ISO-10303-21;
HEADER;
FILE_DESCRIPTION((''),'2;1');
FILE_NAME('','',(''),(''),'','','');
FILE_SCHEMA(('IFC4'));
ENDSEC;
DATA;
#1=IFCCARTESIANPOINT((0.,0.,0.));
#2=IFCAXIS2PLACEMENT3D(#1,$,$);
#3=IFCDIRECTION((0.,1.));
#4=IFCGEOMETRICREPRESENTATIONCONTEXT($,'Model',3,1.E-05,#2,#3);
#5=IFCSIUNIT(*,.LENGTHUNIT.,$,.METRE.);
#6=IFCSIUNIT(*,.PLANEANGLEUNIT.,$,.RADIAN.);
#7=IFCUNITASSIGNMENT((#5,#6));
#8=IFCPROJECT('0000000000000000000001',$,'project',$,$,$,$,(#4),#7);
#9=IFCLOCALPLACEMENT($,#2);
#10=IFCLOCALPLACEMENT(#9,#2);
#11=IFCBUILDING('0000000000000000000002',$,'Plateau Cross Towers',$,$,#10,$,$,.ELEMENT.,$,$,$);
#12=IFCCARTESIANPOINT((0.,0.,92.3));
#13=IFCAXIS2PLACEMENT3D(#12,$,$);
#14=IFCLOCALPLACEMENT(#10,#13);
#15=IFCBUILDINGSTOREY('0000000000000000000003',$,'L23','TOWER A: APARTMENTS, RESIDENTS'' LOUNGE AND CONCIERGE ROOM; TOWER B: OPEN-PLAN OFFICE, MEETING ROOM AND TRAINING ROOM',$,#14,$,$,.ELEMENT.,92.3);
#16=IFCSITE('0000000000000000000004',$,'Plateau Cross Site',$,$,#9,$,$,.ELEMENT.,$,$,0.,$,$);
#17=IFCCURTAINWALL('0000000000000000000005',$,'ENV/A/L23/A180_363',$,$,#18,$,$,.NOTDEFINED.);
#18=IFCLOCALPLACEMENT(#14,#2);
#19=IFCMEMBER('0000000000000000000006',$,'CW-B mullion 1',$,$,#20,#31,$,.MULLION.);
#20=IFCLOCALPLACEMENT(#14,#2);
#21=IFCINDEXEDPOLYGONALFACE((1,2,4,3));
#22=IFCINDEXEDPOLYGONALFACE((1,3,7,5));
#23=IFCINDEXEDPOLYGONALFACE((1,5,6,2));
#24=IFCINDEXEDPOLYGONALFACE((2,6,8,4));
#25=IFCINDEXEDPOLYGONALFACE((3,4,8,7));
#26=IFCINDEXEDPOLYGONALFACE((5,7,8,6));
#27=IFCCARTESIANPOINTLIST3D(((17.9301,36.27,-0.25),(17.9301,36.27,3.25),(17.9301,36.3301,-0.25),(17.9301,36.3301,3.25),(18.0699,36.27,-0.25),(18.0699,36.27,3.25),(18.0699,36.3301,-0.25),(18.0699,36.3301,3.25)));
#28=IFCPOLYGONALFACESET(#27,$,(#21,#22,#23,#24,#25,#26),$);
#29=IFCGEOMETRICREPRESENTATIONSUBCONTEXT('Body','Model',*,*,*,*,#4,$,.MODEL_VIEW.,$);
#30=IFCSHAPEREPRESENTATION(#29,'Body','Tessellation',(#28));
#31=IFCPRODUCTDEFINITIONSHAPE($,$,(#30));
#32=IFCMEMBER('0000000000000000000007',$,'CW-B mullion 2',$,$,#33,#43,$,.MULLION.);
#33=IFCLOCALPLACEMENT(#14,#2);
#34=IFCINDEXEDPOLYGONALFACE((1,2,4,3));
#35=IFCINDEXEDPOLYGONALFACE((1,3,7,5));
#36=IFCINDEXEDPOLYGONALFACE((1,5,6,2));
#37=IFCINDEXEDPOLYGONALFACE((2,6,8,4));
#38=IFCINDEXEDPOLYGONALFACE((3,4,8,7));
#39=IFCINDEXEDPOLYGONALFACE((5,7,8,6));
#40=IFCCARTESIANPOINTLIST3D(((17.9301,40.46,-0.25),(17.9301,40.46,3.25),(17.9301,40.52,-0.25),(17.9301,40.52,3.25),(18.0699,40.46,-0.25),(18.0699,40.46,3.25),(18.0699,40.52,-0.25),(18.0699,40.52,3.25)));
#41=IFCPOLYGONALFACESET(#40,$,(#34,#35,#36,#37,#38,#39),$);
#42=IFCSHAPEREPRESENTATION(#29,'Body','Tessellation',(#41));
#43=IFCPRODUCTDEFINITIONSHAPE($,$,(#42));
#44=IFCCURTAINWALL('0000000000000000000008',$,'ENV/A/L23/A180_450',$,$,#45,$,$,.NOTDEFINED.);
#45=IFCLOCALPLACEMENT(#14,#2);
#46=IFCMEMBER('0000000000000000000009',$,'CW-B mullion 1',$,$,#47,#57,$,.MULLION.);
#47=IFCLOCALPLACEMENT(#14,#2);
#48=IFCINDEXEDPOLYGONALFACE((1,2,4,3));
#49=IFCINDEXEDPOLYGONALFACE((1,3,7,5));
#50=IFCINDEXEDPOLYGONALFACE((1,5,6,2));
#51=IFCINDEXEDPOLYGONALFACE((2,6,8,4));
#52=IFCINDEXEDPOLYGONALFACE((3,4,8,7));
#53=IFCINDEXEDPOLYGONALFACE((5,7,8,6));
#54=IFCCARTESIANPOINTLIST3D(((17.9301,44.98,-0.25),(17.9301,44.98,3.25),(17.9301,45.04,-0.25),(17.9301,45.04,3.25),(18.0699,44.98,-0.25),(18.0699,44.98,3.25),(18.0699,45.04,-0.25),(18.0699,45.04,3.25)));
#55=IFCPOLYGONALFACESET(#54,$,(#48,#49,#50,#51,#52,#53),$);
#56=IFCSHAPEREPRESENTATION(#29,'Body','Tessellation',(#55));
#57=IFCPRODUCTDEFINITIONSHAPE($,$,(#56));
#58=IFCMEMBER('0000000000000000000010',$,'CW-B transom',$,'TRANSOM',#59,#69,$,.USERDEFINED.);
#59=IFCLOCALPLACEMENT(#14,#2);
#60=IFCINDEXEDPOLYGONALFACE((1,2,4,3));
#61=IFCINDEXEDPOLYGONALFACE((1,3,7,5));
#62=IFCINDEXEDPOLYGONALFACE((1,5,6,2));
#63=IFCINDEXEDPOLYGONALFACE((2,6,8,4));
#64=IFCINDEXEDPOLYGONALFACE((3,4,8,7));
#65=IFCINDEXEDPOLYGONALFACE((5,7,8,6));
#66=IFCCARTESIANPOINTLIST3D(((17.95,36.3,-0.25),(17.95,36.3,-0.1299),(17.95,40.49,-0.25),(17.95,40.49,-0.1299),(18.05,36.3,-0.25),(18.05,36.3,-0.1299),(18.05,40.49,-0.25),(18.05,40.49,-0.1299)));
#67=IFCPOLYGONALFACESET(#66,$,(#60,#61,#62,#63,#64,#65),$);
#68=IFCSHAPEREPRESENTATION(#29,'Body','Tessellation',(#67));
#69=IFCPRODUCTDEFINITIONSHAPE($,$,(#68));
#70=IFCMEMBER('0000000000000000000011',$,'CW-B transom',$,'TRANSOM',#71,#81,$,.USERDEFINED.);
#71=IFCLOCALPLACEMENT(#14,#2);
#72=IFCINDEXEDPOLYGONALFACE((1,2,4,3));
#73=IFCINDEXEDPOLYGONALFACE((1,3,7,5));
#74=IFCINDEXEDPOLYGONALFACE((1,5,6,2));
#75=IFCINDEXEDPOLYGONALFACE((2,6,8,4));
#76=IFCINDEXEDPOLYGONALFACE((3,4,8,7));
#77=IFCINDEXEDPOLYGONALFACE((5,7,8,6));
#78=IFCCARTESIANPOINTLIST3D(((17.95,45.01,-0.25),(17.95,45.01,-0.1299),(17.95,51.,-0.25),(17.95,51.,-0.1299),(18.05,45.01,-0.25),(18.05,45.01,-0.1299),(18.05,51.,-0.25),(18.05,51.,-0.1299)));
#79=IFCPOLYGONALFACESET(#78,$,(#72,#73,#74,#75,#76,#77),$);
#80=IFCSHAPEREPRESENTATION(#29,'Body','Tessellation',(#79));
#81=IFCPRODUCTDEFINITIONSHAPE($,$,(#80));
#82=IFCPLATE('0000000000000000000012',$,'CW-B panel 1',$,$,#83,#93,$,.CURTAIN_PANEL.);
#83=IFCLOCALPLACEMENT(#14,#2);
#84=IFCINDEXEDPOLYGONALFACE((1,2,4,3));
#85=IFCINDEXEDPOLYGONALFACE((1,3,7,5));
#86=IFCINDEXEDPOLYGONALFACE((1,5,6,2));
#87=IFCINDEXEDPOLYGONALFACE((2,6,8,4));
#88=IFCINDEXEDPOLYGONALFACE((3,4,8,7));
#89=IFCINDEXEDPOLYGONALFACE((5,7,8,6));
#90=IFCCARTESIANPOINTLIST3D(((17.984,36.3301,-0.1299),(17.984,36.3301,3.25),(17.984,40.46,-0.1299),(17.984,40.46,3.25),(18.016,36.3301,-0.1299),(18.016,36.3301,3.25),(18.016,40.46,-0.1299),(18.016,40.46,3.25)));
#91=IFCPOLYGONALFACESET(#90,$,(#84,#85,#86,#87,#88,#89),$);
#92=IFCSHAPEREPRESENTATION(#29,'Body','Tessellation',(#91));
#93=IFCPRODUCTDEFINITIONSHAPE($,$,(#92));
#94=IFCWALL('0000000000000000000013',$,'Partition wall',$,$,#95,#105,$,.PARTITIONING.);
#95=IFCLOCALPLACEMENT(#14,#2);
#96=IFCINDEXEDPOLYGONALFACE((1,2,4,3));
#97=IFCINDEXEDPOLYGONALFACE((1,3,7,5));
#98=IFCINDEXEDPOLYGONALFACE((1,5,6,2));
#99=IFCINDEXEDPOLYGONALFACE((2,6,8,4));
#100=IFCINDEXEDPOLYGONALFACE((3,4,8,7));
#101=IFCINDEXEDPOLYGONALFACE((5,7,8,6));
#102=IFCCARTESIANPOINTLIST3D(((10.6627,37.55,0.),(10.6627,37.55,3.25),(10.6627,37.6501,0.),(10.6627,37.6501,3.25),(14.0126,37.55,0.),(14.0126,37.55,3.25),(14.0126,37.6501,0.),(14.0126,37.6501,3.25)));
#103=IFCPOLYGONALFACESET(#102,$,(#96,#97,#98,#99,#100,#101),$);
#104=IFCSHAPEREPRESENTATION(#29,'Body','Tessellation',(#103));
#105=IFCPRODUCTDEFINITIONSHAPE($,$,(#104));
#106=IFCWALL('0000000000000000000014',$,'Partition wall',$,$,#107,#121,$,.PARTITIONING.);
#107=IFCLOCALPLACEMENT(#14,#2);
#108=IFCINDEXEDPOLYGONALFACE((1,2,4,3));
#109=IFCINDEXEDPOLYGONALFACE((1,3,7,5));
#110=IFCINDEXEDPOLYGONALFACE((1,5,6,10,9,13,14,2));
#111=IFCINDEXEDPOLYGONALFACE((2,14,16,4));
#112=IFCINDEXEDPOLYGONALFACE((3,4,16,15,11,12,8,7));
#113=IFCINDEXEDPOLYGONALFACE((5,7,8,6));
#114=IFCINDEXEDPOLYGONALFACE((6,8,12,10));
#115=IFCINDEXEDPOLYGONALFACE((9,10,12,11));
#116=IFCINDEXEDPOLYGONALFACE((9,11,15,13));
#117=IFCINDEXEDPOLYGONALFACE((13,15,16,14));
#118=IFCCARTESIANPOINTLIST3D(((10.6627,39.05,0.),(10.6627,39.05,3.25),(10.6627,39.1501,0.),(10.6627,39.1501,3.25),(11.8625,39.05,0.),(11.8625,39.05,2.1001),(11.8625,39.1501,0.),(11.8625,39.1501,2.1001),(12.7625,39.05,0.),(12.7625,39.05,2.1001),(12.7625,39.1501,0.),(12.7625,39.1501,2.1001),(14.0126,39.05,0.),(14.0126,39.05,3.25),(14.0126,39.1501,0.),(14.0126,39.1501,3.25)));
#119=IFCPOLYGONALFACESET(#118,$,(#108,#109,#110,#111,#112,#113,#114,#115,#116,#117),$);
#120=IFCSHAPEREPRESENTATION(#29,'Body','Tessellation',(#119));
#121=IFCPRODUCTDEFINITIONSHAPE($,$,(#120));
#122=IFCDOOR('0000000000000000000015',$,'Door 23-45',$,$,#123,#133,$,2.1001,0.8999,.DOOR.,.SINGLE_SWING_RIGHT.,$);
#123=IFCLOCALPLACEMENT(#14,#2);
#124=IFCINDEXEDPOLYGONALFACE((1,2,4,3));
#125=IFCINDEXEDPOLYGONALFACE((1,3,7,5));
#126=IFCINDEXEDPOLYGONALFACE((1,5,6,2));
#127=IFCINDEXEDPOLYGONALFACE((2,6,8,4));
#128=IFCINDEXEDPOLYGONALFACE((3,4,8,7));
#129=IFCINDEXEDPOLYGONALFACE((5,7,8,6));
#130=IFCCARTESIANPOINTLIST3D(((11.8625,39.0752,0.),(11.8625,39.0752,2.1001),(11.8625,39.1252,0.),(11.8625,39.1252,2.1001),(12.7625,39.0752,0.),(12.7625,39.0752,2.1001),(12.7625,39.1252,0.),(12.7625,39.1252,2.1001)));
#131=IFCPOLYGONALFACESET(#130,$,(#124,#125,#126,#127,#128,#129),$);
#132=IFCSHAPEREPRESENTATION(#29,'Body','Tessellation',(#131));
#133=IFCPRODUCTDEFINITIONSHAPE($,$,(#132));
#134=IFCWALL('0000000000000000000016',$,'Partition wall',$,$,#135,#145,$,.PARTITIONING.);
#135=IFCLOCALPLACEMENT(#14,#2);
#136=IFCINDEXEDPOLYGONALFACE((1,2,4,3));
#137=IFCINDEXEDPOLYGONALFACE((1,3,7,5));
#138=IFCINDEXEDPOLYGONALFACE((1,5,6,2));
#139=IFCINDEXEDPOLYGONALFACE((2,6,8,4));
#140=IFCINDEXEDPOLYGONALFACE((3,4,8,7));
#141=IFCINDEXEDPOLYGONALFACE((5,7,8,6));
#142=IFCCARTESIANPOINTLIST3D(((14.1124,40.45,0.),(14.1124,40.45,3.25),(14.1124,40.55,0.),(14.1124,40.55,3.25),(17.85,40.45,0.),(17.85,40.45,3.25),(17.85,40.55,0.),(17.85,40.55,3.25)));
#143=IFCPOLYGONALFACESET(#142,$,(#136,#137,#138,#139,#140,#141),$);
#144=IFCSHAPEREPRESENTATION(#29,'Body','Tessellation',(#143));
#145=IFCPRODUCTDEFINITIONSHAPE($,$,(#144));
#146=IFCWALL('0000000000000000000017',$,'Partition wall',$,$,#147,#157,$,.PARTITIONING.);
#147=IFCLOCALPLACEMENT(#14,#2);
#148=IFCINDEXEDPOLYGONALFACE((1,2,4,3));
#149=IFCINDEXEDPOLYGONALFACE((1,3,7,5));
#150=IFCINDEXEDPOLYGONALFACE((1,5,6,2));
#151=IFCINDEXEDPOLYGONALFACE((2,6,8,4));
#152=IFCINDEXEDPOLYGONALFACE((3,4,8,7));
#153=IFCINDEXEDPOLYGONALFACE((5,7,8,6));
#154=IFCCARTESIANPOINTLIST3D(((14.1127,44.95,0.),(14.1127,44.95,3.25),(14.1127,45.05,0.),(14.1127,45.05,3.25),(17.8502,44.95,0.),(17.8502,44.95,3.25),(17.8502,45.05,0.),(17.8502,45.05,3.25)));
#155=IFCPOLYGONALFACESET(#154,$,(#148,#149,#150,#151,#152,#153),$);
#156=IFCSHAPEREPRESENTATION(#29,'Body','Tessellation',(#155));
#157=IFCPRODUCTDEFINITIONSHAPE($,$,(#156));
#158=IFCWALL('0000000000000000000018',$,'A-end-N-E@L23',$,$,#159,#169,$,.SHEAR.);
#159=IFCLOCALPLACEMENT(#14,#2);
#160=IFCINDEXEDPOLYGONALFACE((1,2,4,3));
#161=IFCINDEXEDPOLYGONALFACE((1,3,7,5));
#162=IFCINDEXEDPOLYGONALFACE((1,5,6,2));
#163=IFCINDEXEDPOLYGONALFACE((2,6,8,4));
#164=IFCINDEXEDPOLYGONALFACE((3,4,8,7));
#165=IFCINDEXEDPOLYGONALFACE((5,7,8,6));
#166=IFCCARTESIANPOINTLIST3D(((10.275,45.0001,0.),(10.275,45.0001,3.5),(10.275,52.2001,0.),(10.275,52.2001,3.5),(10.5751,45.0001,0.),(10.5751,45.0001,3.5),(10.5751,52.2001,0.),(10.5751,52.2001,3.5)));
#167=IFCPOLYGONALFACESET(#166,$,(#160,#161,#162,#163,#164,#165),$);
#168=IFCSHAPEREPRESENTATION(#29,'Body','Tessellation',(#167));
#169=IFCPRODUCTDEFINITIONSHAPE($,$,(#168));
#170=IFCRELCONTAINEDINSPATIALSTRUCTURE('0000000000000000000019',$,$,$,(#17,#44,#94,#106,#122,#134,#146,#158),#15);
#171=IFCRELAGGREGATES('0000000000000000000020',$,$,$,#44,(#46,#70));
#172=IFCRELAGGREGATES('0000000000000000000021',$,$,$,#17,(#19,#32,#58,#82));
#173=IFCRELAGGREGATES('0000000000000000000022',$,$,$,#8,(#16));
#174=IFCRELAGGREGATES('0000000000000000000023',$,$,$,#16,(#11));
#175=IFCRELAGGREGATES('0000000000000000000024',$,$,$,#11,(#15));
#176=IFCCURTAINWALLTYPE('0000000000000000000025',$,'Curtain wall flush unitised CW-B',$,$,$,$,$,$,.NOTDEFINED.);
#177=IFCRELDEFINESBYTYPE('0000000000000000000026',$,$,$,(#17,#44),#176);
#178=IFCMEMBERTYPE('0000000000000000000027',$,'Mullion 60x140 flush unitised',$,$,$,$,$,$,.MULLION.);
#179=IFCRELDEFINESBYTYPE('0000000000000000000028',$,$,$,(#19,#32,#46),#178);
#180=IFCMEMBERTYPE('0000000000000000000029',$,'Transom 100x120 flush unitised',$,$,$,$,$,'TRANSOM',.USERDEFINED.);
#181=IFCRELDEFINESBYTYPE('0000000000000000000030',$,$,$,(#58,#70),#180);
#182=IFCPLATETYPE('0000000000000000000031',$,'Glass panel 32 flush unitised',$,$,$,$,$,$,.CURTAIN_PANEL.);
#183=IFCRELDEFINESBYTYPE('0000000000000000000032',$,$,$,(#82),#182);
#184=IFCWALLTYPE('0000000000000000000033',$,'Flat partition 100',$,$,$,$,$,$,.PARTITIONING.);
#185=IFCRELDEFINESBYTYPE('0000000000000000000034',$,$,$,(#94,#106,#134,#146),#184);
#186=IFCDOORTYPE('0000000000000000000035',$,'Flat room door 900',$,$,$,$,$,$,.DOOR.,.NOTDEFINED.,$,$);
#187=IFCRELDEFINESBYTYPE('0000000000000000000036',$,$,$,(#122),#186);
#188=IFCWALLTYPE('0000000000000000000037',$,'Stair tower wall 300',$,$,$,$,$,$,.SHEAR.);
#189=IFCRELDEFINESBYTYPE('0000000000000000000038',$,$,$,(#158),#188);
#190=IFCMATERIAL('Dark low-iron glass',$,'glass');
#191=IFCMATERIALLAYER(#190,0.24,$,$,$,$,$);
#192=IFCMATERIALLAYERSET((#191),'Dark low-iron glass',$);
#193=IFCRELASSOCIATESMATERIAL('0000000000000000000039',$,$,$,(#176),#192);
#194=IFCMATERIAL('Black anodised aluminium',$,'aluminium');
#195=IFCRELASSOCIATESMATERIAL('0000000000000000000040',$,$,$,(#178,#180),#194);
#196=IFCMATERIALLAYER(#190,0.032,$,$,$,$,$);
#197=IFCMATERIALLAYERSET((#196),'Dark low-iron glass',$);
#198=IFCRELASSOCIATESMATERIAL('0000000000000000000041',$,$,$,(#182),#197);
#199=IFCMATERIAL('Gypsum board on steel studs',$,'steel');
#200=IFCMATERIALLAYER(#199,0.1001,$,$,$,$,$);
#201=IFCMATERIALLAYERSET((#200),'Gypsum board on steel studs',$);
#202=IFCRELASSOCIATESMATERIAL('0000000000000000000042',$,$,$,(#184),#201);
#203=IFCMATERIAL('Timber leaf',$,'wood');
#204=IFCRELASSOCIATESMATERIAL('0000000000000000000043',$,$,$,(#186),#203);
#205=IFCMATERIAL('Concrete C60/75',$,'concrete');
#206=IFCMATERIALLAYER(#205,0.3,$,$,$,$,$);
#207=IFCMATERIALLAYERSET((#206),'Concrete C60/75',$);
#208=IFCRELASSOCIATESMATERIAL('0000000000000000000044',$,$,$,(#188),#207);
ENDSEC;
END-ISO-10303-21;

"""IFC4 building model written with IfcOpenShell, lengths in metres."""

from ifc_helpers import new_model, si_unit, direction, frame, frame_2d, origin, origin_2d, place, context, subcontext, project, spatial, rectangle, extrude, material, layer, layer_set, material_profile, profile_set, type_object, element, fill, aggregate, save


model = new_model("IFC4")

# Units and contexts
model_context = context("Model", 3, precision=1e-05, world=origin(), true_north=direction((0.0, 1.0)))
body_context = subcontext(model_context, "Body", "Model", "MODEL_VIEW")
ifc_project = project(units=[si_unit("LENGTHUNIT", "METRE"), si_unit("PLANEANGLEUNIT", "RADIAN")], contexts=[model_context])

# Site, building, storey
site_placement = place(None, origin())
site = spatial("IfcSite", under=ifc_project, at=site_placement, Name="Plateau Cross Site", CompositionType="ELEMENT", RefElevation=0.0)
building_placement = place(site_placement, origin())
building = spatial("IfcBuilding", under=site, at=building_placement, Name="Plateau Cross Towers", CompositionType="ELEMENT")
storey_placement = place(building_placement, frame((0.0, 0.0, 92.3)))
storey = spatial("IfcBuildingStorey", under=building, at=storey_placement, Name="L23", Description="TOWER A: APARTMENTS, RESIDENTS' LOUNGE AND CONCIERGE ROOM; TOWER B: OPEN-PLAN OFFICE, MEETING ROOM AND TRAINING ROOM", CompositionType="ELEMENT", Elevation=92.3)

# Curtain wall, members
ifc_material_1 = material(Name="Dark low-iron glass", Category="glass")
ifc_layer_1 = layer(ifc_material_1, 0.24)
ifc_layer_set_1 = layer_set([ifc_layer_1], Name="Dark low-iron glass")
curtain_wall_type = type_object("IfcCurtainWallType", Name="Curtain wall flush unitised CW-B", PredefinedType="NOTDEFINED", material=ifc_layer_set_1)
curtain_wall_1_placement = place(storey_placement, origin())
curtain_wall_1 = element("IfcCurtainWall", 1, at=curtain_wall_1_placement, inside=storey, type_object=curtain_wall_type, Name="ENV/A/L23/A180_363", PredefinedType="NOTDEFINED")
ifc_material_2 = material(Name="Black anodised aluminium", Category="aluminium")
ifc_material_profile_1 = material_profile(ifc_material_2, rectangle(XDim=0.0601, YDim=0.1399, at=origin_2d()), Name="MULLION 60x140")
ifc_profile_set_1 = profile_set([ifc_material_profile_1], Name="Black anodised aluminium")
member_type_1 = type_object("IfcMemberType", Name="Mullion 60x140 flush unitised", PredefinedType="MULLION", material=ifc_profile_set_1)
member_1_placement = place(storey_placement, frame((18.0, 36.3, -0.25), z_axis=(0.0, 0.0, 1.0), x_axis=(0.0, 1.0, 0.0)))
member_1 = element("IfcMember", 2, at=member_1_placement, type_object=member_type_1, Name="CW-B mullion 1", PredefinedType="MULLION", context=body_context, shape_type="SweptSolid", body=[
    extrude(rectangle(XDim=0.0601, YDim=0.1399, at=origin_2d()), origin(), (0.0, 0.0, 1.0), 3.5),
])
member_2_placement = place(storey_placement, frame((18.0, 40.49, -0.25), z_axis=(0.0, 0.0, 1.0), x_axis=(0.0, 1.0, 0.0)))
member_2 = element("IfcMember", 3, at=member_2_placement, type_object=member_type_1, Name="CW-B mullion 2", PredefinedType="MULLION", context=body_context, shape_type="SweptSolid", body=[
    extrude(rectangle(XDim=0.0601, YDim=0.1399, at=origin_2d()), origin(), (0.0, 0.0, 1.0), 3.5),
])

# Curtain wall, member
curtain_wall_2_placement = place(storey_placement, origin())
curtain_wall_2 = element("IfcCurtainWall", 4, at=curtain_wall_2_placement, inside=storey, type_object=curtain_wall_type, Name="ENV/A/L23/A180_450", PredefinedType="NOTDEFINED")
member_3_placement = place(storey_placement, frame((18.0, 45.01, -0.25), z_axis=(0.0, 0.0, 1.0), x_axis=(0.0, 1.0, 0.0)))
member_3 = element("IfcMember", 5, at=member_3_placement, type_object=member_type_1, Name="CW-B mullion 1", PredefinedType="MULLION", context=body_context, shape_type="SweptSolid", body=[
    extrude(rectangle(XDim=0.0601, YDim=0.1399, at=origin_2d()), origin(), (0.0, 0.0, 1.0), 3.5),
])

# Members
ifc_material_profile_2 = material_profile(ifc_material_2, rectangle(XDim=0.1001, YDim=0.1201, at=origin_2d()), Name="TRANSOM 100x120")
ifc_profile_set_2 = profile_set([ifc_material_profile_2], Name="Black anodised aluminium")
member_type_2 = type_object("IfcMemberType", Name="Transom 100x120 flush unitised", ElementType="TRANSOM", PredefinedType="USERDEFINED", material=ifc_profile_set_2)
member_4_placement = place(storey_placement, frame((18.0, 36.3, -0.1899), z_axis=(0.0, 1.0, 0.0), x_axis=(-1.0, 0.0, 0.0)))
member_4 = element("IfcMember", 6, at=member_4_placement, type_object=member_type_2, Name="CW-B transom", ObjectType="TRANSOM", PredefinedType="USERDEFINED", context=body_context, shape_type="SweptSolid", body=[
    extrude(rectangle(XDim=0.1001, YDim=0.1201, at=origin_2d()), origin(), (0.0, 0.0, 1.0), 4.1899),
])
member_5_placement = place(storey_placement, frame((18.0, 45.01, -0.1899), z_axis=(0.0, 1.0, 0.0), x_axis=(-1.0, 0.0, 0.0)))
member_5 = element("IfcMember", 7, at=member_5_placement, type_object=member_type_2, Name="CW-B transom", ObjectType="TRANSOM", PredefinedType="USERDEFINED", context=body_context, shape_type="SweptSolid", body=[
    extrude(rectangle(XDim=0.1001, YDim=0.1201, at=origin_2d()), origin(), (0.0, 0.0, 1.0), 5.99),
])
aggregate(curtain_wall_2, [member_3, member_5])

# Plate
ifc_layer_2 = layer(ifc_material_1, 0.032)
ifc_layer_set_2 = layer_set([ifc_layer_2], Name="Dark low-iron glass")
plate_type = type_object("IfcPlateType", Name="Glass panel 32 flush unitised", PredefinedType="CURTAIN_PANEL", material=ifc_layer_set_2)
plate_placement = place(storey_placement, frame((18.0, 38.395, -0.1299), z_axis=(0.0, 0.0, 1.0), x_axis=(0.0, 1.0, 0.0)))
plate = element("IfcPlate", 8, at=plate_placement, type_object=plate_type, Name="CW-B panel 1", PredefinedType="CURTAIN_PANEL", context=body_context, shape_type="SweptSolid", body=[
    extrude(rectangle(XDim=4.1299, YDim=0.032, at=origin_2d()), origin(), (0.0, 0.0, 1.0), 3.3799),
])
aggregate(curtain_wall_1, [member_1, member_2, member_4, plate])

# Wall
ifc_material_3 = material(Name="Gypsum board on steel studs", Category="steel")
ifc_layer_3 = layer(ifc_material_3, 0.1001)
ifc_layer_set_3 = layer_set([ifc_layer_3], Name="Gypsum board on steel studs")
wall_type_1 = type_object("IfcWallType", Name="Flat partition 100", PredefinedType="PARTITIONING", material=ifc_layer_set_3)
wall_1_placement = place(storey_placement, frame((14.0125, 37.6001, 0.0), z_axis=(0.0, 0.0, 1.0), x_axis=(-1.0, 0.0, 0.0)))
element("IfcWall", 9, at=wall_1_placement, inside=storey, type_object=wall_type_1, Name="Partition wall", PredefinedType="PARTITIONING", context=body_context, shape_type="SweptSolid", body=[
    extrude(rectangle(XDim=3.3499, YDim=0.1001, at=frame_2d((1.6748, 0.0))), origin(), (0.0, 0.0, 1.0), 3.25),
])

# Wall, opening, door
wall_2_placement = place(storey_placement, frame((14.0125, 39.1001, 0.0), z_axis=(0.0, 0.0, 1.0), x_axis=(-1.0, 0.0, 0.0)))
wall_2 = element("IfcWall", 10, at=wall_2_placement, inside=storey, type_object=wall_type_1, Name="Partition wall", PredefinedType="PARTITIONING", context=body_context, shape_type="SweptSolid", body=[
    extrude(rectangle(XDim=3.3499, YDim=0.1001, at=frame_2d((1.6748, 0.0))), origin(), (0.0, 0.0, 1.0), 3.25),
])
opening_1_placement = place(wall_2_placement, frame((1.25, 0.0, 0.0)))
opening_1 = element("IfcOpeningElement", 11, at=opening_1_placement, cuts=wall_2, PredefinedType="OPENING", context=body_context, shape_type="SweptSolid", body=[
    extrude(rectangle(XDim=0.8999, YDim=2.1001, at=frame_2d((0.45, 1.05))), frame((0.0, 0.0601, 0.0), z_axis=(0.0, -1.0, 0.0), x_axis=(1.0, 0.0, 0.0)), (0.0, 0.0, 1.0), 0.1201),
])
ifc_material_4 = material(Name="Timber leaf", Category="wood")
door_type_1 = type_object("IfcDoorType", Name="Flat room door 900", OperationType="NOTDEFINED", PredefinedType="DOOR", material=ifc_material_4)
door_1_placement = place(opening_1_placement, origin())
door_1 = element("IfcDoor", 12, at=door_1_placement, inside=storey, type_object=door_type_1, Name="Door 23-45", OperationType="SINGLE_SWING_RIGHT", OverallHeight=2.1001, OverallWidth=0.8999, PredefinedType="DOOR", context=body_context, shape_type="SweptSolid", body=[
    extrude(rectangle(XDim=0.8999, YDim=2.1001, at=frame_2d((0.45, 1.05))), frame((0.0, 0.0249, 0.0), z_axis=(0.0, -1.0, 0.0), x_axis=(1.0, 0.0, 0.0)), (0.0, 0.0, 1.0), 0.05),
])
fill(opening_1, door_1)

# Walls
for number, where, z_axis, x_axis, name in (
    (13, (14.1125, 40.5, 0.0), (0.0, 0.0, 1.0), (1.0, 0.0, 0.0), "Partition wall"),
    (14, (17.8501, 45.0, 0.0), (0.0, 0.0, 1.0), (-1.0, 0.0, 0.0), "Partition wall"),
):
    element("IfcWall", number, at=place(storey_placement, frame(where, z_axis=z_axis, x_axis=x_axis)), inside=storey, type_object=wall_type_1, Name=name, PredefinedType="PARTITIONING", context=body_context, shape_type="SweptSolid", body=[
        extrude(rectangle(XDim=3.7375, YDim=0.1001, at=frame_2d((1.8687, 0.0))), origin(), (0.0, 0.0, 1.0), 3.25),
    ])
ifc_material_5 = material(Name="Concrete C60/75", Category="concrete")
ifc_layer_4 = layer(ifc_material_5, 0.3)
ifc_layer_set_4 = layer_set([ifc_layer_4], Name="Concrete C60/75")
wall_type_2 = type_object("IfcWallType", Name="Stair tower wall 300", PredefinedType="SHEAR", material=ifc_layer_set_4)
wall_3_placement = place(storey_placement, frame((10.425, 45.0, 0.0), z_axis=(0.0, 0.0, 1.0), x_axis=(0.0, 1.0, 0.0)))
element("IfcWall", 15, at=wall_3_placement, inside=storey, type_object=wall_type_2, Name="A-end-N-E@L23", PredefinedType="SHEAR", context=body_context, shape_type="SweptSolid", body=[
    extrude(rectangle(XDim=7.2, YDim=0.3, at=frame_2d((3.6001, 0.0))), origin(), (0.0, 0.0, 1.0), 3.5),
])

save(model, "model.ifc")
